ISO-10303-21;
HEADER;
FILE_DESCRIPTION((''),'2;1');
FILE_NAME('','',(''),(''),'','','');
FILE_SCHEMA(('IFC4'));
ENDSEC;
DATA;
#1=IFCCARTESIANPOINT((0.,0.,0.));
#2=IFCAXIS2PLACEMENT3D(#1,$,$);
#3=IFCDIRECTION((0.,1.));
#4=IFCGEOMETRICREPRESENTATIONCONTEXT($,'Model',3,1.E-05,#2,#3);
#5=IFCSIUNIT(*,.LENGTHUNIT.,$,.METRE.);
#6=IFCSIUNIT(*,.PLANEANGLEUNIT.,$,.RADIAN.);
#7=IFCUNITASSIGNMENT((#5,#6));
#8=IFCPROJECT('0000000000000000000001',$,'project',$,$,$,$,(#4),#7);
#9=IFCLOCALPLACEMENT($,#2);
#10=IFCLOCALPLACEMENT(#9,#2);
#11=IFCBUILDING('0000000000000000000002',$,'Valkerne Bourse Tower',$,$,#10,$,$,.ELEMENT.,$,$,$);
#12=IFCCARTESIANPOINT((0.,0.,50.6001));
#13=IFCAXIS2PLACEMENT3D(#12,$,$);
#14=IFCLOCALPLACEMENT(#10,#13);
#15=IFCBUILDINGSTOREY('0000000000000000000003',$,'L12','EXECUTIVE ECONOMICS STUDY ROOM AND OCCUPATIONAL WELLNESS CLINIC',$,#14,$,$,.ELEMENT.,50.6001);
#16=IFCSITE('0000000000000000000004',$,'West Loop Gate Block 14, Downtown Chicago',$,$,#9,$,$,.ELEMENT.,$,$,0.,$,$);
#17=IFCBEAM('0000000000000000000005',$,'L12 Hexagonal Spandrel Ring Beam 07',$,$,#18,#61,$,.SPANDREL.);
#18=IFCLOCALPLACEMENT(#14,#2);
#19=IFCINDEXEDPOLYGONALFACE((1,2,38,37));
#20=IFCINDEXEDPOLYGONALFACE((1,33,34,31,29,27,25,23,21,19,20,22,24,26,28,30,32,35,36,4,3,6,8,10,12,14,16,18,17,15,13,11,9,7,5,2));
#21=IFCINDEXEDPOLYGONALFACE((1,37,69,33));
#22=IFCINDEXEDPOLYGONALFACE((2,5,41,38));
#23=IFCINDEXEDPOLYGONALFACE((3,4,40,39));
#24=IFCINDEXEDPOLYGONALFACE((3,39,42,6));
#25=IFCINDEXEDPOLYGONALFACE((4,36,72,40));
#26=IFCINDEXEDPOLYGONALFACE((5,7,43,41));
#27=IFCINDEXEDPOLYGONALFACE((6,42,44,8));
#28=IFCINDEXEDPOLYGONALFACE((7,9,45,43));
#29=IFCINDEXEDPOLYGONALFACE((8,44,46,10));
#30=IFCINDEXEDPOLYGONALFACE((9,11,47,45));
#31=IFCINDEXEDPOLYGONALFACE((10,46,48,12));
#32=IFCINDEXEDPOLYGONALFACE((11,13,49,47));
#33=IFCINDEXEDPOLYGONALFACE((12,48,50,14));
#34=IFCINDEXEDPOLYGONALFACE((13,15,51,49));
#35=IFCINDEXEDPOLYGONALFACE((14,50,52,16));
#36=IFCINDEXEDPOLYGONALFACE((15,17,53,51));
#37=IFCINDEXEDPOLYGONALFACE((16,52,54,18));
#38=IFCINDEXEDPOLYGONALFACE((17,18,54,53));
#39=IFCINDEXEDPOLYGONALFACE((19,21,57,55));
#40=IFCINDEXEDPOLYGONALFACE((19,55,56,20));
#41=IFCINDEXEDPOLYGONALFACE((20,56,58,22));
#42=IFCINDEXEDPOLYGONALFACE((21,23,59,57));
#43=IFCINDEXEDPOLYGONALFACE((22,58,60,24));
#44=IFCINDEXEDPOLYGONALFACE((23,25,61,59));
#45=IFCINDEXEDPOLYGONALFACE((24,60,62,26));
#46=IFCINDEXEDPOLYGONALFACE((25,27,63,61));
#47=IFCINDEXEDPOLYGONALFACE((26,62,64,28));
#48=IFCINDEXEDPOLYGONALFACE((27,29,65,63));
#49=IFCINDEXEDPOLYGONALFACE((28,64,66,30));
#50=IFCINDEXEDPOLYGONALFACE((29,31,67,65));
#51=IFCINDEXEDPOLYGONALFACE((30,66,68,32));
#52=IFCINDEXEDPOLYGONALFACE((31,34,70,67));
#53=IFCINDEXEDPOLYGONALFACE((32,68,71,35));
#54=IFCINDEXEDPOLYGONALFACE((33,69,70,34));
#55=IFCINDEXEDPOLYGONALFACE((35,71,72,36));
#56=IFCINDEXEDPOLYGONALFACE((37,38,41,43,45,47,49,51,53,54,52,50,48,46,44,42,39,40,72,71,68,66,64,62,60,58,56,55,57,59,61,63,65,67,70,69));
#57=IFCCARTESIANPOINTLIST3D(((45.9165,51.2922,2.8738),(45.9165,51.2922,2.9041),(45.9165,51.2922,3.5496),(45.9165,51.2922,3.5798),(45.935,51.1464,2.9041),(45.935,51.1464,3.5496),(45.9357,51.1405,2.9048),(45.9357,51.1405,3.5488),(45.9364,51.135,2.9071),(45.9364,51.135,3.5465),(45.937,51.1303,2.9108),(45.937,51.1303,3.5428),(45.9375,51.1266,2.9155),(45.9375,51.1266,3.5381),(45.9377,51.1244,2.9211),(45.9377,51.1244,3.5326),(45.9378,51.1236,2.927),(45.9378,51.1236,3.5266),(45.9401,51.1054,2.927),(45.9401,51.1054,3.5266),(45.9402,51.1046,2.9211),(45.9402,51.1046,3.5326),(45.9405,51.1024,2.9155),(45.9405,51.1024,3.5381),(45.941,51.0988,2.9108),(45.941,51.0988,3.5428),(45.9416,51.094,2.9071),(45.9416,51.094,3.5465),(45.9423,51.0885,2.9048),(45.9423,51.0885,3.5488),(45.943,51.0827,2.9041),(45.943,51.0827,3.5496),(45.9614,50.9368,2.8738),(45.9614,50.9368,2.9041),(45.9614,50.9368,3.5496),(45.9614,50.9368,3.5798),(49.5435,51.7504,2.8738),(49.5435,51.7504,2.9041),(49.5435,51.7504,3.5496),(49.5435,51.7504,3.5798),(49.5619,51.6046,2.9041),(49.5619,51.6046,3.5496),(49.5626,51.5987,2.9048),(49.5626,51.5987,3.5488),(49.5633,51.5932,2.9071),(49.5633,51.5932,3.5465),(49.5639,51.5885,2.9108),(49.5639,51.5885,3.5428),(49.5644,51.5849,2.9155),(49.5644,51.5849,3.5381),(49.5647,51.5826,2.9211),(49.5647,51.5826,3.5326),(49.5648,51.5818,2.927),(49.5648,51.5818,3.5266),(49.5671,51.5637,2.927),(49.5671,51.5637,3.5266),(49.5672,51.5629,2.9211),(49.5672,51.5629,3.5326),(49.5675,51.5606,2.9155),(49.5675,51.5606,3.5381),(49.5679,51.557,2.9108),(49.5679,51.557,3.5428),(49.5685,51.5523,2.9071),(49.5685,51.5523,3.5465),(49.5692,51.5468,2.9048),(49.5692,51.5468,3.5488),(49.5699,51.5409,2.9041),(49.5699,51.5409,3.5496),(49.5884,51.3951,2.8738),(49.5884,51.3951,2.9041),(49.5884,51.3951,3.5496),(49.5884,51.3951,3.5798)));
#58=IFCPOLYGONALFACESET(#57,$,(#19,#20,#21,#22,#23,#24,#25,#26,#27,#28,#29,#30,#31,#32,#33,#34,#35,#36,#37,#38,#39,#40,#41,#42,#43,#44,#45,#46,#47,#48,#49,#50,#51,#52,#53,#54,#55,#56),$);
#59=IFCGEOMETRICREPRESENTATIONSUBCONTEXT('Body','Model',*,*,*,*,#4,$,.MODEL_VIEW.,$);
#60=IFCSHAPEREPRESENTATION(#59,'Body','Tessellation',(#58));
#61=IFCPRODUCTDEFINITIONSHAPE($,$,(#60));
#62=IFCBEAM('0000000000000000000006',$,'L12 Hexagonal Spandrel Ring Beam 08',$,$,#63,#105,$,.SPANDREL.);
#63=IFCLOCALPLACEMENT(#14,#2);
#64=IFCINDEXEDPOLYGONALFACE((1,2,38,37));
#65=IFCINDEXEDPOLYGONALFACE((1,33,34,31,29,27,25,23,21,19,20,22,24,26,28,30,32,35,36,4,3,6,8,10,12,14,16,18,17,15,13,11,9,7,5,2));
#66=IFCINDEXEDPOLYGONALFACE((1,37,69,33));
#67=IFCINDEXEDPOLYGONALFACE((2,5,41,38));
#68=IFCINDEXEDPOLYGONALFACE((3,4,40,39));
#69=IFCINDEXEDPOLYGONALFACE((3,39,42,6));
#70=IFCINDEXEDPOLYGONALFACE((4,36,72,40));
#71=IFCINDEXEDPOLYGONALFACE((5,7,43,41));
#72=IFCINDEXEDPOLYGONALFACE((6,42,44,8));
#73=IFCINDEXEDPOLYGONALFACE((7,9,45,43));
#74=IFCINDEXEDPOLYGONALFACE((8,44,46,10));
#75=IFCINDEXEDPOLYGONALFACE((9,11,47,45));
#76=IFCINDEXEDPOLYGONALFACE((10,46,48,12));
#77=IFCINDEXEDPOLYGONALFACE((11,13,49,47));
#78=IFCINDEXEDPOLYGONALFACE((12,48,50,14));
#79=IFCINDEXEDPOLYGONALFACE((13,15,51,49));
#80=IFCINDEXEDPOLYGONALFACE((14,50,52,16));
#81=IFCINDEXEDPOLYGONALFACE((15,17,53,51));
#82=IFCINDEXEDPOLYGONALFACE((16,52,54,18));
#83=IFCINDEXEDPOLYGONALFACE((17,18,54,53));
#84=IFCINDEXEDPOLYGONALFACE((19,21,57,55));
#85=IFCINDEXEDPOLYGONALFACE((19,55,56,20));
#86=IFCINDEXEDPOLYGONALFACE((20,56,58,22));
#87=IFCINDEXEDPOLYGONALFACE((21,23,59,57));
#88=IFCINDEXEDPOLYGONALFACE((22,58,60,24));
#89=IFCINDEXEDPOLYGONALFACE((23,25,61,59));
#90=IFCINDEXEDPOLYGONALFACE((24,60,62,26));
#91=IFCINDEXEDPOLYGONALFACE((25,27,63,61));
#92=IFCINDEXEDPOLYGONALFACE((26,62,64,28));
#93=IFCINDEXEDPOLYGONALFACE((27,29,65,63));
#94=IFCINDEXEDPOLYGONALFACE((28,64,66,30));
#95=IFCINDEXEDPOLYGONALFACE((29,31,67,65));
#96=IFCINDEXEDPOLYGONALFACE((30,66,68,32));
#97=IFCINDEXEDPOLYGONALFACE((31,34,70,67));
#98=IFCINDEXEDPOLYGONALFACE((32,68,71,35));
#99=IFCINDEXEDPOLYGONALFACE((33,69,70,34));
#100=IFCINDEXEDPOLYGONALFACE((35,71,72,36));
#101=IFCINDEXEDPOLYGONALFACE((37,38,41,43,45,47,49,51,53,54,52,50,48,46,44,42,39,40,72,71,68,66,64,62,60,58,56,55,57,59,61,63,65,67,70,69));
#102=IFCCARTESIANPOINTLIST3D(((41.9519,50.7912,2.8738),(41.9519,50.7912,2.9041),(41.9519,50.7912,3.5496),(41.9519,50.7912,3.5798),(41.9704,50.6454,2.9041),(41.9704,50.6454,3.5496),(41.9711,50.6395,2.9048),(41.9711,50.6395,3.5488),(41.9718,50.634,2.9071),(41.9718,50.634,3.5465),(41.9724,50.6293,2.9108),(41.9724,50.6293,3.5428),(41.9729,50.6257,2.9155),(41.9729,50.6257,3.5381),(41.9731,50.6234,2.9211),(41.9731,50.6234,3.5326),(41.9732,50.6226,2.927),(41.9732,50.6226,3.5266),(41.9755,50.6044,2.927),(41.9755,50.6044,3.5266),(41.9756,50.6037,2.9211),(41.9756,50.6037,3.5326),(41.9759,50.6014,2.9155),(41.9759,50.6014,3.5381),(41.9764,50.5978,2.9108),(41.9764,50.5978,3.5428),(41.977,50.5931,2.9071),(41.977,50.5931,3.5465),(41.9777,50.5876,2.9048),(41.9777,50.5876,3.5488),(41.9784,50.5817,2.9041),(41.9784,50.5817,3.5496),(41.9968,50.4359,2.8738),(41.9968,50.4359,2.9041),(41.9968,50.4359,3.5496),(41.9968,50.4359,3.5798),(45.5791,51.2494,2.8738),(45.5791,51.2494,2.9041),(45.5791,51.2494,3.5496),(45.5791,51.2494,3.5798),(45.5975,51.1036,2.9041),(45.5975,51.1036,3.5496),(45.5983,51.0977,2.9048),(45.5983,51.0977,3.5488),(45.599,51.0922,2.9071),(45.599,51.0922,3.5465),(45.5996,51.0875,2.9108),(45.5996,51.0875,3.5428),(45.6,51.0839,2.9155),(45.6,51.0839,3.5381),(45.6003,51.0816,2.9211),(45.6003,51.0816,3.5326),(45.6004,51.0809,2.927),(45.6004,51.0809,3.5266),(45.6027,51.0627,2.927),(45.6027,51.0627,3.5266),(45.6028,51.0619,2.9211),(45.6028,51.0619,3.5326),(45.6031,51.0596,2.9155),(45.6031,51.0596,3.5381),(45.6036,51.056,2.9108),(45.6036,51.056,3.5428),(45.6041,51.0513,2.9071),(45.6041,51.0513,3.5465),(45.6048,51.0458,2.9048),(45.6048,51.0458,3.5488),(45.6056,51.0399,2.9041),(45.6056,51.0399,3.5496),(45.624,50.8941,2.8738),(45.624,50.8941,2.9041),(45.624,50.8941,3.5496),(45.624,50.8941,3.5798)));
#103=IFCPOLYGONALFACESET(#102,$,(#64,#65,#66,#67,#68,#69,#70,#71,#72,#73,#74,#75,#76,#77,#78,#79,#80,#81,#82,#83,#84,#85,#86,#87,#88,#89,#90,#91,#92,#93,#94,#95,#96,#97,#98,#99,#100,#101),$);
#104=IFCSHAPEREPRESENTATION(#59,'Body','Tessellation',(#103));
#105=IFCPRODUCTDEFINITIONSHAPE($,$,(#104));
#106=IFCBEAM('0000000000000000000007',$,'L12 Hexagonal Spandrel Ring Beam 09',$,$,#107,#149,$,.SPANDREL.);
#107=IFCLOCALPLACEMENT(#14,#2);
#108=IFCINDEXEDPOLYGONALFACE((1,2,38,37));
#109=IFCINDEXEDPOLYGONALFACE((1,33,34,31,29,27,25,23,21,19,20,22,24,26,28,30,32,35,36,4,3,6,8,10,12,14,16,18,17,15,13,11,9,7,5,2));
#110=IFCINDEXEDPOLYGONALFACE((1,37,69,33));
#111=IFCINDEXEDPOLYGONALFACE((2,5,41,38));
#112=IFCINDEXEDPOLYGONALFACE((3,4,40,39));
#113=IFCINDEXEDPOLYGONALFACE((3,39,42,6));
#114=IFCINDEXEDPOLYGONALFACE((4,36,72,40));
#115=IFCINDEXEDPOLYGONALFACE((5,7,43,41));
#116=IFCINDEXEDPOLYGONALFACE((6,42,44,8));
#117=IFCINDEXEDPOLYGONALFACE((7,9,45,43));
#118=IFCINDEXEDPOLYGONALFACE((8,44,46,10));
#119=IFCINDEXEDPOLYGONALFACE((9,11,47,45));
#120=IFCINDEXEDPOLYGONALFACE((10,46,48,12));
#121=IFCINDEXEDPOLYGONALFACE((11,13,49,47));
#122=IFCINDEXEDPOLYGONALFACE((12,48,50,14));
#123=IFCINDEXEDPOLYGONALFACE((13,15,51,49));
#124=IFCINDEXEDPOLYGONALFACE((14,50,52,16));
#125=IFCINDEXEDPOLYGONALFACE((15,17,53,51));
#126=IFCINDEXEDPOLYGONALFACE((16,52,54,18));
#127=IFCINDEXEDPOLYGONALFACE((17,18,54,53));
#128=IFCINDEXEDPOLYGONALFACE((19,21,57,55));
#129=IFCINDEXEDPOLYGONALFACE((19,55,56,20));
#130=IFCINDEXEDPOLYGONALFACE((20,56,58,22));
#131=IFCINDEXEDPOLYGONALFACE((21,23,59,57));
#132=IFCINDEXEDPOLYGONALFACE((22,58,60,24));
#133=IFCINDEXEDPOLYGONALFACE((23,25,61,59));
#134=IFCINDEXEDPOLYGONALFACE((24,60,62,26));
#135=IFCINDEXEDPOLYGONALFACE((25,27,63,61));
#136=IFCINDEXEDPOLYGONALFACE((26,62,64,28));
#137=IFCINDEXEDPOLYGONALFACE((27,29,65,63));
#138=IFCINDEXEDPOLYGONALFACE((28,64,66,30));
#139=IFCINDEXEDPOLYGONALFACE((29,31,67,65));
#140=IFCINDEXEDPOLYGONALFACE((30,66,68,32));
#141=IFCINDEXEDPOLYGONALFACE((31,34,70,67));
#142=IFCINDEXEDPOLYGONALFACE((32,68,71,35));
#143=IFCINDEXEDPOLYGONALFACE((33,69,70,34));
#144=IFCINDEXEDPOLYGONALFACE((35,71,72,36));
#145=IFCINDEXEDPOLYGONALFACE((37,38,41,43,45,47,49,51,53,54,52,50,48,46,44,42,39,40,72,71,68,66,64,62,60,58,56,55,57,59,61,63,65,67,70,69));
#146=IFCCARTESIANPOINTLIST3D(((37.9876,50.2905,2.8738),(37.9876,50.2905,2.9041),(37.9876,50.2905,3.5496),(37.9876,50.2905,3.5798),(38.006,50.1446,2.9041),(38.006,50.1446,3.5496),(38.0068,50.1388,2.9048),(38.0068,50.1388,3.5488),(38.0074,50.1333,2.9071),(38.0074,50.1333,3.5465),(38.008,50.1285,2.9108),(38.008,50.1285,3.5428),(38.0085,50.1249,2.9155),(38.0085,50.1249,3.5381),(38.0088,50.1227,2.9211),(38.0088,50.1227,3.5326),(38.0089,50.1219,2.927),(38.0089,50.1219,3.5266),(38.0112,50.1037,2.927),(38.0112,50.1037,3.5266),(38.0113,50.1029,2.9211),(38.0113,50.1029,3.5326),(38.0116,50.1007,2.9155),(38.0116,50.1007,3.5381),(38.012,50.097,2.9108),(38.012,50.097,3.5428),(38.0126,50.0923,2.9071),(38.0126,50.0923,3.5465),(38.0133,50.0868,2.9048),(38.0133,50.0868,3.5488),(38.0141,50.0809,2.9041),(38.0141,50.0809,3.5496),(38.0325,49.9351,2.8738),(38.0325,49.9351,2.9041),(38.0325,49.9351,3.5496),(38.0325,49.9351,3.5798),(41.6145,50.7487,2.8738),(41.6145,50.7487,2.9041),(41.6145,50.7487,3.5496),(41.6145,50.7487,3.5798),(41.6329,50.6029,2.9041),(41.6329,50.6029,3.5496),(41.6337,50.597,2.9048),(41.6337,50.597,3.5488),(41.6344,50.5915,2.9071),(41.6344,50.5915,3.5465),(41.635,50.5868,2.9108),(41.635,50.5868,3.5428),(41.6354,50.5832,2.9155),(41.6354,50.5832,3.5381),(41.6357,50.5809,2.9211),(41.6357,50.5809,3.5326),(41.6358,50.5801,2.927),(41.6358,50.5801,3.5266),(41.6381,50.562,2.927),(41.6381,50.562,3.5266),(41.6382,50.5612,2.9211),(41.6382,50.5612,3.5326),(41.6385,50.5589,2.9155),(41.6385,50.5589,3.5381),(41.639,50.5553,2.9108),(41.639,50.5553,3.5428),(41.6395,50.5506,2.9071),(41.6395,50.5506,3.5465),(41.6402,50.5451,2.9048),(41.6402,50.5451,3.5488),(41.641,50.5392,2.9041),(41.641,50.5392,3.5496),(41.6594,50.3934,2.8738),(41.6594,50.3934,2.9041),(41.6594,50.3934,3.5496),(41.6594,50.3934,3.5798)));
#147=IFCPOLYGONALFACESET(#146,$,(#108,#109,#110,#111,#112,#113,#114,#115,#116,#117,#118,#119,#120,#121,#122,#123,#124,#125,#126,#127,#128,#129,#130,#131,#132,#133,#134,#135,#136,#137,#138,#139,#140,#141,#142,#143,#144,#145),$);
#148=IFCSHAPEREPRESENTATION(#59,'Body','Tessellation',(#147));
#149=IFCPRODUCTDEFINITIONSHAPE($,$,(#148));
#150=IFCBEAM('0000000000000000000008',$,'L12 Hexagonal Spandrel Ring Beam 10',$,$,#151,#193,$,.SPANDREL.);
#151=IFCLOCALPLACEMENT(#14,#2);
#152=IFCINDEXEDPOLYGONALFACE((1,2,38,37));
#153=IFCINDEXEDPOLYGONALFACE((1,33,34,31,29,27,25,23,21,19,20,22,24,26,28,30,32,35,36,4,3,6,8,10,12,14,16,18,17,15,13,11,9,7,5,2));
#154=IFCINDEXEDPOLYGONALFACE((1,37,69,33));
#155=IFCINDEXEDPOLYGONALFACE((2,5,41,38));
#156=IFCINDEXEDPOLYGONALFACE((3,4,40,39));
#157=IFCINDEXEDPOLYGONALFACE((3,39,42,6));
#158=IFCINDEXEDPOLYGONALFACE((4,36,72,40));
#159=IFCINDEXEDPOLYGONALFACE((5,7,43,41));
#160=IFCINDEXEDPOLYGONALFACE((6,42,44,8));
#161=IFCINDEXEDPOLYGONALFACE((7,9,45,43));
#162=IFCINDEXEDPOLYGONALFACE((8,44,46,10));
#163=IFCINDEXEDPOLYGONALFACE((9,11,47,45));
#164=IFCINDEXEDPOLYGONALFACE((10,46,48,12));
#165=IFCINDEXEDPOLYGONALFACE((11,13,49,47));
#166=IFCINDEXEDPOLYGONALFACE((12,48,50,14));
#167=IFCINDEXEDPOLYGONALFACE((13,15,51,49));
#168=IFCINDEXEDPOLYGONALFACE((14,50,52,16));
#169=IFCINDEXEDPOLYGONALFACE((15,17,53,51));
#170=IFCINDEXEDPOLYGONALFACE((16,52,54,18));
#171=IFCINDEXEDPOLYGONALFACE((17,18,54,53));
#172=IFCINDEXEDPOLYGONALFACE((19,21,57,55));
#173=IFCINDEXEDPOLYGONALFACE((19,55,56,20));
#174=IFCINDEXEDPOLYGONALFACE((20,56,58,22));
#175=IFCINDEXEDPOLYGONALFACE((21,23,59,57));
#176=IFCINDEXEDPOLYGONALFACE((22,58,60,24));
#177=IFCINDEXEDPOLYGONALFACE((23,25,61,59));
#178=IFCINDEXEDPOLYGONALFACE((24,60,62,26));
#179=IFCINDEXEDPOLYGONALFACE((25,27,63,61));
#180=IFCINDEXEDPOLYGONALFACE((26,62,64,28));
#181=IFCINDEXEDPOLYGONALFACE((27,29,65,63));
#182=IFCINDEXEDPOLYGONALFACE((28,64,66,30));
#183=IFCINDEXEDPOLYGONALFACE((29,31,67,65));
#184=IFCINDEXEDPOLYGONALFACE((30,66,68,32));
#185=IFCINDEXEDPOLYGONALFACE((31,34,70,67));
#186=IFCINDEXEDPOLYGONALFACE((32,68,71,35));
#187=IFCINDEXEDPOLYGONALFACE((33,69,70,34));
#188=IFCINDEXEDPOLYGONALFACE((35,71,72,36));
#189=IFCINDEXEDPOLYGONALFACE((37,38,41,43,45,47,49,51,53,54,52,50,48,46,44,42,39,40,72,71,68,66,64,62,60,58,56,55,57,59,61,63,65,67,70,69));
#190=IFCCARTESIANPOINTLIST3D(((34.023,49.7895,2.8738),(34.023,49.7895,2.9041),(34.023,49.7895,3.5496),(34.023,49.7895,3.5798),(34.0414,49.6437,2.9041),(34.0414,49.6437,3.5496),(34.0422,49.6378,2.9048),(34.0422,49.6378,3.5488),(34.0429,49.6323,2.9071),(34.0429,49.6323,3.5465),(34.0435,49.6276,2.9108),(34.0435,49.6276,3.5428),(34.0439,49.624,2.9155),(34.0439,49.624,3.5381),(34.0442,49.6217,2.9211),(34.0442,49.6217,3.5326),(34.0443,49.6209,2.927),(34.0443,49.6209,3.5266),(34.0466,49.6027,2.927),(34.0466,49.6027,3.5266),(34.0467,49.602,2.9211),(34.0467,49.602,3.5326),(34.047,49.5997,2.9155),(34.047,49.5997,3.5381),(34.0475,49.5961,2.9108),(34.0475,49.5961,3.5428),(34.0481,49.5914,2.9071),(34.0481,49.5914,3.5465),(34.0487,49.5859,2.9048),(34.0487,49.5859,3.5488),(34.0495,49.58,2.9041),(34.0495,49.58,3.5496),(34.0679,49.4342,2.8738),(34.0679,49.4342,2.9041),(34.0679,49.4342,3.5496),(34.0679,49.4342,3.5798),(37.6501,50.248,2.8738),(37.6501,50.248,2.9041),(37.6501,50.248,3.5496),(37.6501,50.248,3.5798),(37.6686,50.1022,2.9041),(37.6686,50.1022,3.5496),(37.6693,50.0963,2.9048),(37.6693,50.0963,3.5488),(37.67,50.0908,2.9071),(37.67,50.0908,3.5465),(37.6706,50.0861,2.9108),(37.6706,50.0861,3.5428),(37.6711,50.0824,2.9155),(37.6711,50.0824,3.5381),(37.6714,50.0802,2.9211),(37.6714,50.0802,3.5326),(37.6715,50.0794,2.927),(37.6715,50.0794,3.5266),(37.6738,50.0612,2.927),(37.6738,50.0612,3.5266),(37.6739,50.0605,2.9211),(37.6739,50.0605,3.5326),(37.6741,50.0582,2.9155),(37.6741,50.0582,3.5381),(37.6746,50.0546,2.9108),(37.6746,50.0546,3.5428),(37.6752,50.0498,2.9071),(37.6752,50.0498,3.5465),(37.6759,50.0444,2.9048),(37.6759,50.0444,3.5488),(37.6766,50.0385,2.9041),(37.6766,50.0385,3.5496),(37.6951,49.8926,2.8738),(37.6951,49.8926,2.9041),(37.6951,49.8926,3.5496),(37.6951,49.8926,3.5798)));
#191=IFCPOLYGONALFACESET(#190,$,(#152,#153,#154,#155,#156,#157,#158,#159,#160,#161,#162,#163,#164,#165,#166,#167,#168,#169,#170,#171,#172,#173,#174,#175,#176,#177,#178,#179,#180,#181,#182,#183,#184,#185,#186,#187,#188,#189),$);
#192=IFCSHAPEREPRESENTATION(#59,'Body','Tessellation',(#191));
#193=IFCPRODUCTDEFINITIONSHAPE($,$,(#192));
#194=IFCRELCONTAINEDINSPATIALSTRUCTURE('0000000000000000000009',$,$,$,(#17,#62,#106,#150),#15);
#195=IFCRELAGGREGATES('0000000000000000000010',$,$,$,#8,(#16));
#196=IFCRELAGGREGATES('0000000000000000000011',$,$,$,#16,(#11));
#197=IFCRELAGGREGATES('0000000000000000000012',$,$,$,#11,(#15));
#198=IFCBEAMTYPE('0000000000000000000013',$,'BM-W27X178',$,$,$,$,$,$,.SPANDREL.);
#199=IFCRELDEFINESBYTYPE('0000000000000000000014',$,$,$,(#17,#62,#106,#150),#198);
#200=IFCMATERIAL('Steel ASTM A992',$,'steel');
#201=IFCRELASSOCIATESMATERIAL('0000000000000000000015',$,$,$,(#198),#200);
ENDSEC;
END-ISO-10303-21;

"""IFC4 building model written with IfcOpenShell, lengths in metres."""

from ifc_helpers import new_model, si_unit, direction, frame, origin, origin_2d, place, context, subcontext, project, spatial, i_section, extrude, material, material_profile, profile_set, type_object, element, save


model = new_model("IFC4")

# Units and contexts
model_context = context("Model", 3, precision=1e-05, world=origin(), true_north=direction((0.0, 1.0)))
body_context = subcontext(model_context, "Body", "Model", "MODEL_VIEW")
ifc_project = project(units=[si_unit("LENGTHUNIT", "METRE"), si_unit("PLANEANGLEUNIT", "RADIAN")], contexts=[model_context])

# Site, building, storey
site_placement = place(None, origin())
site = spatial("IfcSite", under=ifc_project, at=site_placement, Name="West Loop Gate Block 14, Downtown Chicago", CompositionType="ELEMENT", RefElevation=0.0)
building_placement = place(site_placement, origin())
building = spatial("IfcBuilding", under=site, at=building_placement, Name="Valkerne Bourse Tower", CompositionType="ELEMENT")
storey_placement = place(building_placement, frame((0.0, 0.0, 50.6001)))
storey = spatial("IfcBuildingStorey", under=building, at=storey_placement, Name="L12", Description="EXECUTIVE ECONOMICS STUDY ROOM AND OCCUPATIONAL WELLNESS CLINIC", CompositionType="ELEMENT", Elevation=50.6001)

# Beams
ifc_material_1 = material(Name="Steel ASTM A992", Category="steel")
ifc_material_profile_1 = material_profile(ifc_material_1, i_section(OverallWidth=0.3582, OverallDepth=0.7061, WebThickness=0.0183, FlangeThickness=0.0303, FilletRadius=0.0229, at=origin_2d()), Name="W27X178")
ifc_profile_set_1 = profile_set([ifc_material_profile_1], Name="Steel ASTM A992")
beam_type_1 = type_object("IfcBeamType", Name="BM-W27X178", PredefinedType="SPANDREL", material=ifc_profile_set_1)
beam_1_placement = place(storey_placement, frame((49.5659, 51.5728, 3.2268), z_axis=(-0.992113, -0.12535, 0.0), x_axis=(0.12535, -0.992113, 0.0)))
element("IfcBeam", 1, at=beam_1_placement, inside=storey, type_object=beam_type_1, Name="L12 Hexagonal Spandrel Ring Beam 07", PredefinedType="SPANDREL", context=body_context, shape_type="SweptSolid", body=[
    extrude(i_section(OverallWidth=0.3582, OverallDepth=0.7061, WebThickness=0.0183, FlangeThickness=0.0303, FilletRadius=0.0229, at=origin_2d()), origin(), (0.0, 0.0, 1.0), 3.6558),
])
beam_2_placement = place(storey_placement, frame((45.6016, 51.0718, 3.2268), z_axis=(-0.992114, -0.125341, 0.0), x_axis=(0.125341, -0.992114, 0.0)))
element("IfcBeam", 2, at=beam_2_placement, inside=storey, type_object=beam_type_1, Name="L12 Hexagonal Spandrel Ring Beam 08", PredefinedType="SPANDREL", context=body_context, shape_type="SweptSolid", body=[
    extrude(i_section(OverallWidth=0.3582, OverallDepth=0.7061, WebThickness=0.0183, FlangeThickness=0.0303, FilletRadius=0.0229, at=origin_2d()), origin(), (0.0, 0.0, 1.0), 3.656),
])
beam_3_placement = place(storey_placement, frame((41.637, 50.571, 3.2268), z_axis=(-0.992113, -0.12535, 0.0), x_axis=(0.12535, -0.992113, 0.0)))
element("IfcBeam", 3, at=beam_3_placement, inside=storey, type_object=beam_type_1, Name="L12 Hexagonal Spandrel Ring Beam 09", PredefinedType="SPANDREL", context=body_context, shape_type="SweptSolid", body=[
    extrude(i_section(OverallWidth=0.3582, OverallDepth=0.7061, WebThickness=0.0183, FlangeThickness=0.0303, FilletRadius=0.0229, at=origin_2d()), origin(), (0.0, 0.0, 1.0), 3.6558),
])
beam_4_placement = place(storey_placement, frame((37.6726, 50.0703, 3.2268), z_axis=(-0.992105, -0.125407, 0.0), x_axis=(0.125407, -0.992105, 0.0)))
element("IfcBeam", 4, at=beam_4_placement, inside=storey, type_object=beam_type_1, Name="L12 Hexagonal Spandrel Ring Beam 10", PredefinedType="SPANDREL", context=body_context, shape_type="SweptSolid", body=[
    extrude(i_section(OverallWidth=0.3582, OverallDepth=0.7061, WebThickness=0.0183, FlangeThickness=0.0303, FilletRadius=0.0229, at=origin_2d()), origin(), (0.0, 0.0, 1.0), 3.656),
])

save(model, "model.ifc")
